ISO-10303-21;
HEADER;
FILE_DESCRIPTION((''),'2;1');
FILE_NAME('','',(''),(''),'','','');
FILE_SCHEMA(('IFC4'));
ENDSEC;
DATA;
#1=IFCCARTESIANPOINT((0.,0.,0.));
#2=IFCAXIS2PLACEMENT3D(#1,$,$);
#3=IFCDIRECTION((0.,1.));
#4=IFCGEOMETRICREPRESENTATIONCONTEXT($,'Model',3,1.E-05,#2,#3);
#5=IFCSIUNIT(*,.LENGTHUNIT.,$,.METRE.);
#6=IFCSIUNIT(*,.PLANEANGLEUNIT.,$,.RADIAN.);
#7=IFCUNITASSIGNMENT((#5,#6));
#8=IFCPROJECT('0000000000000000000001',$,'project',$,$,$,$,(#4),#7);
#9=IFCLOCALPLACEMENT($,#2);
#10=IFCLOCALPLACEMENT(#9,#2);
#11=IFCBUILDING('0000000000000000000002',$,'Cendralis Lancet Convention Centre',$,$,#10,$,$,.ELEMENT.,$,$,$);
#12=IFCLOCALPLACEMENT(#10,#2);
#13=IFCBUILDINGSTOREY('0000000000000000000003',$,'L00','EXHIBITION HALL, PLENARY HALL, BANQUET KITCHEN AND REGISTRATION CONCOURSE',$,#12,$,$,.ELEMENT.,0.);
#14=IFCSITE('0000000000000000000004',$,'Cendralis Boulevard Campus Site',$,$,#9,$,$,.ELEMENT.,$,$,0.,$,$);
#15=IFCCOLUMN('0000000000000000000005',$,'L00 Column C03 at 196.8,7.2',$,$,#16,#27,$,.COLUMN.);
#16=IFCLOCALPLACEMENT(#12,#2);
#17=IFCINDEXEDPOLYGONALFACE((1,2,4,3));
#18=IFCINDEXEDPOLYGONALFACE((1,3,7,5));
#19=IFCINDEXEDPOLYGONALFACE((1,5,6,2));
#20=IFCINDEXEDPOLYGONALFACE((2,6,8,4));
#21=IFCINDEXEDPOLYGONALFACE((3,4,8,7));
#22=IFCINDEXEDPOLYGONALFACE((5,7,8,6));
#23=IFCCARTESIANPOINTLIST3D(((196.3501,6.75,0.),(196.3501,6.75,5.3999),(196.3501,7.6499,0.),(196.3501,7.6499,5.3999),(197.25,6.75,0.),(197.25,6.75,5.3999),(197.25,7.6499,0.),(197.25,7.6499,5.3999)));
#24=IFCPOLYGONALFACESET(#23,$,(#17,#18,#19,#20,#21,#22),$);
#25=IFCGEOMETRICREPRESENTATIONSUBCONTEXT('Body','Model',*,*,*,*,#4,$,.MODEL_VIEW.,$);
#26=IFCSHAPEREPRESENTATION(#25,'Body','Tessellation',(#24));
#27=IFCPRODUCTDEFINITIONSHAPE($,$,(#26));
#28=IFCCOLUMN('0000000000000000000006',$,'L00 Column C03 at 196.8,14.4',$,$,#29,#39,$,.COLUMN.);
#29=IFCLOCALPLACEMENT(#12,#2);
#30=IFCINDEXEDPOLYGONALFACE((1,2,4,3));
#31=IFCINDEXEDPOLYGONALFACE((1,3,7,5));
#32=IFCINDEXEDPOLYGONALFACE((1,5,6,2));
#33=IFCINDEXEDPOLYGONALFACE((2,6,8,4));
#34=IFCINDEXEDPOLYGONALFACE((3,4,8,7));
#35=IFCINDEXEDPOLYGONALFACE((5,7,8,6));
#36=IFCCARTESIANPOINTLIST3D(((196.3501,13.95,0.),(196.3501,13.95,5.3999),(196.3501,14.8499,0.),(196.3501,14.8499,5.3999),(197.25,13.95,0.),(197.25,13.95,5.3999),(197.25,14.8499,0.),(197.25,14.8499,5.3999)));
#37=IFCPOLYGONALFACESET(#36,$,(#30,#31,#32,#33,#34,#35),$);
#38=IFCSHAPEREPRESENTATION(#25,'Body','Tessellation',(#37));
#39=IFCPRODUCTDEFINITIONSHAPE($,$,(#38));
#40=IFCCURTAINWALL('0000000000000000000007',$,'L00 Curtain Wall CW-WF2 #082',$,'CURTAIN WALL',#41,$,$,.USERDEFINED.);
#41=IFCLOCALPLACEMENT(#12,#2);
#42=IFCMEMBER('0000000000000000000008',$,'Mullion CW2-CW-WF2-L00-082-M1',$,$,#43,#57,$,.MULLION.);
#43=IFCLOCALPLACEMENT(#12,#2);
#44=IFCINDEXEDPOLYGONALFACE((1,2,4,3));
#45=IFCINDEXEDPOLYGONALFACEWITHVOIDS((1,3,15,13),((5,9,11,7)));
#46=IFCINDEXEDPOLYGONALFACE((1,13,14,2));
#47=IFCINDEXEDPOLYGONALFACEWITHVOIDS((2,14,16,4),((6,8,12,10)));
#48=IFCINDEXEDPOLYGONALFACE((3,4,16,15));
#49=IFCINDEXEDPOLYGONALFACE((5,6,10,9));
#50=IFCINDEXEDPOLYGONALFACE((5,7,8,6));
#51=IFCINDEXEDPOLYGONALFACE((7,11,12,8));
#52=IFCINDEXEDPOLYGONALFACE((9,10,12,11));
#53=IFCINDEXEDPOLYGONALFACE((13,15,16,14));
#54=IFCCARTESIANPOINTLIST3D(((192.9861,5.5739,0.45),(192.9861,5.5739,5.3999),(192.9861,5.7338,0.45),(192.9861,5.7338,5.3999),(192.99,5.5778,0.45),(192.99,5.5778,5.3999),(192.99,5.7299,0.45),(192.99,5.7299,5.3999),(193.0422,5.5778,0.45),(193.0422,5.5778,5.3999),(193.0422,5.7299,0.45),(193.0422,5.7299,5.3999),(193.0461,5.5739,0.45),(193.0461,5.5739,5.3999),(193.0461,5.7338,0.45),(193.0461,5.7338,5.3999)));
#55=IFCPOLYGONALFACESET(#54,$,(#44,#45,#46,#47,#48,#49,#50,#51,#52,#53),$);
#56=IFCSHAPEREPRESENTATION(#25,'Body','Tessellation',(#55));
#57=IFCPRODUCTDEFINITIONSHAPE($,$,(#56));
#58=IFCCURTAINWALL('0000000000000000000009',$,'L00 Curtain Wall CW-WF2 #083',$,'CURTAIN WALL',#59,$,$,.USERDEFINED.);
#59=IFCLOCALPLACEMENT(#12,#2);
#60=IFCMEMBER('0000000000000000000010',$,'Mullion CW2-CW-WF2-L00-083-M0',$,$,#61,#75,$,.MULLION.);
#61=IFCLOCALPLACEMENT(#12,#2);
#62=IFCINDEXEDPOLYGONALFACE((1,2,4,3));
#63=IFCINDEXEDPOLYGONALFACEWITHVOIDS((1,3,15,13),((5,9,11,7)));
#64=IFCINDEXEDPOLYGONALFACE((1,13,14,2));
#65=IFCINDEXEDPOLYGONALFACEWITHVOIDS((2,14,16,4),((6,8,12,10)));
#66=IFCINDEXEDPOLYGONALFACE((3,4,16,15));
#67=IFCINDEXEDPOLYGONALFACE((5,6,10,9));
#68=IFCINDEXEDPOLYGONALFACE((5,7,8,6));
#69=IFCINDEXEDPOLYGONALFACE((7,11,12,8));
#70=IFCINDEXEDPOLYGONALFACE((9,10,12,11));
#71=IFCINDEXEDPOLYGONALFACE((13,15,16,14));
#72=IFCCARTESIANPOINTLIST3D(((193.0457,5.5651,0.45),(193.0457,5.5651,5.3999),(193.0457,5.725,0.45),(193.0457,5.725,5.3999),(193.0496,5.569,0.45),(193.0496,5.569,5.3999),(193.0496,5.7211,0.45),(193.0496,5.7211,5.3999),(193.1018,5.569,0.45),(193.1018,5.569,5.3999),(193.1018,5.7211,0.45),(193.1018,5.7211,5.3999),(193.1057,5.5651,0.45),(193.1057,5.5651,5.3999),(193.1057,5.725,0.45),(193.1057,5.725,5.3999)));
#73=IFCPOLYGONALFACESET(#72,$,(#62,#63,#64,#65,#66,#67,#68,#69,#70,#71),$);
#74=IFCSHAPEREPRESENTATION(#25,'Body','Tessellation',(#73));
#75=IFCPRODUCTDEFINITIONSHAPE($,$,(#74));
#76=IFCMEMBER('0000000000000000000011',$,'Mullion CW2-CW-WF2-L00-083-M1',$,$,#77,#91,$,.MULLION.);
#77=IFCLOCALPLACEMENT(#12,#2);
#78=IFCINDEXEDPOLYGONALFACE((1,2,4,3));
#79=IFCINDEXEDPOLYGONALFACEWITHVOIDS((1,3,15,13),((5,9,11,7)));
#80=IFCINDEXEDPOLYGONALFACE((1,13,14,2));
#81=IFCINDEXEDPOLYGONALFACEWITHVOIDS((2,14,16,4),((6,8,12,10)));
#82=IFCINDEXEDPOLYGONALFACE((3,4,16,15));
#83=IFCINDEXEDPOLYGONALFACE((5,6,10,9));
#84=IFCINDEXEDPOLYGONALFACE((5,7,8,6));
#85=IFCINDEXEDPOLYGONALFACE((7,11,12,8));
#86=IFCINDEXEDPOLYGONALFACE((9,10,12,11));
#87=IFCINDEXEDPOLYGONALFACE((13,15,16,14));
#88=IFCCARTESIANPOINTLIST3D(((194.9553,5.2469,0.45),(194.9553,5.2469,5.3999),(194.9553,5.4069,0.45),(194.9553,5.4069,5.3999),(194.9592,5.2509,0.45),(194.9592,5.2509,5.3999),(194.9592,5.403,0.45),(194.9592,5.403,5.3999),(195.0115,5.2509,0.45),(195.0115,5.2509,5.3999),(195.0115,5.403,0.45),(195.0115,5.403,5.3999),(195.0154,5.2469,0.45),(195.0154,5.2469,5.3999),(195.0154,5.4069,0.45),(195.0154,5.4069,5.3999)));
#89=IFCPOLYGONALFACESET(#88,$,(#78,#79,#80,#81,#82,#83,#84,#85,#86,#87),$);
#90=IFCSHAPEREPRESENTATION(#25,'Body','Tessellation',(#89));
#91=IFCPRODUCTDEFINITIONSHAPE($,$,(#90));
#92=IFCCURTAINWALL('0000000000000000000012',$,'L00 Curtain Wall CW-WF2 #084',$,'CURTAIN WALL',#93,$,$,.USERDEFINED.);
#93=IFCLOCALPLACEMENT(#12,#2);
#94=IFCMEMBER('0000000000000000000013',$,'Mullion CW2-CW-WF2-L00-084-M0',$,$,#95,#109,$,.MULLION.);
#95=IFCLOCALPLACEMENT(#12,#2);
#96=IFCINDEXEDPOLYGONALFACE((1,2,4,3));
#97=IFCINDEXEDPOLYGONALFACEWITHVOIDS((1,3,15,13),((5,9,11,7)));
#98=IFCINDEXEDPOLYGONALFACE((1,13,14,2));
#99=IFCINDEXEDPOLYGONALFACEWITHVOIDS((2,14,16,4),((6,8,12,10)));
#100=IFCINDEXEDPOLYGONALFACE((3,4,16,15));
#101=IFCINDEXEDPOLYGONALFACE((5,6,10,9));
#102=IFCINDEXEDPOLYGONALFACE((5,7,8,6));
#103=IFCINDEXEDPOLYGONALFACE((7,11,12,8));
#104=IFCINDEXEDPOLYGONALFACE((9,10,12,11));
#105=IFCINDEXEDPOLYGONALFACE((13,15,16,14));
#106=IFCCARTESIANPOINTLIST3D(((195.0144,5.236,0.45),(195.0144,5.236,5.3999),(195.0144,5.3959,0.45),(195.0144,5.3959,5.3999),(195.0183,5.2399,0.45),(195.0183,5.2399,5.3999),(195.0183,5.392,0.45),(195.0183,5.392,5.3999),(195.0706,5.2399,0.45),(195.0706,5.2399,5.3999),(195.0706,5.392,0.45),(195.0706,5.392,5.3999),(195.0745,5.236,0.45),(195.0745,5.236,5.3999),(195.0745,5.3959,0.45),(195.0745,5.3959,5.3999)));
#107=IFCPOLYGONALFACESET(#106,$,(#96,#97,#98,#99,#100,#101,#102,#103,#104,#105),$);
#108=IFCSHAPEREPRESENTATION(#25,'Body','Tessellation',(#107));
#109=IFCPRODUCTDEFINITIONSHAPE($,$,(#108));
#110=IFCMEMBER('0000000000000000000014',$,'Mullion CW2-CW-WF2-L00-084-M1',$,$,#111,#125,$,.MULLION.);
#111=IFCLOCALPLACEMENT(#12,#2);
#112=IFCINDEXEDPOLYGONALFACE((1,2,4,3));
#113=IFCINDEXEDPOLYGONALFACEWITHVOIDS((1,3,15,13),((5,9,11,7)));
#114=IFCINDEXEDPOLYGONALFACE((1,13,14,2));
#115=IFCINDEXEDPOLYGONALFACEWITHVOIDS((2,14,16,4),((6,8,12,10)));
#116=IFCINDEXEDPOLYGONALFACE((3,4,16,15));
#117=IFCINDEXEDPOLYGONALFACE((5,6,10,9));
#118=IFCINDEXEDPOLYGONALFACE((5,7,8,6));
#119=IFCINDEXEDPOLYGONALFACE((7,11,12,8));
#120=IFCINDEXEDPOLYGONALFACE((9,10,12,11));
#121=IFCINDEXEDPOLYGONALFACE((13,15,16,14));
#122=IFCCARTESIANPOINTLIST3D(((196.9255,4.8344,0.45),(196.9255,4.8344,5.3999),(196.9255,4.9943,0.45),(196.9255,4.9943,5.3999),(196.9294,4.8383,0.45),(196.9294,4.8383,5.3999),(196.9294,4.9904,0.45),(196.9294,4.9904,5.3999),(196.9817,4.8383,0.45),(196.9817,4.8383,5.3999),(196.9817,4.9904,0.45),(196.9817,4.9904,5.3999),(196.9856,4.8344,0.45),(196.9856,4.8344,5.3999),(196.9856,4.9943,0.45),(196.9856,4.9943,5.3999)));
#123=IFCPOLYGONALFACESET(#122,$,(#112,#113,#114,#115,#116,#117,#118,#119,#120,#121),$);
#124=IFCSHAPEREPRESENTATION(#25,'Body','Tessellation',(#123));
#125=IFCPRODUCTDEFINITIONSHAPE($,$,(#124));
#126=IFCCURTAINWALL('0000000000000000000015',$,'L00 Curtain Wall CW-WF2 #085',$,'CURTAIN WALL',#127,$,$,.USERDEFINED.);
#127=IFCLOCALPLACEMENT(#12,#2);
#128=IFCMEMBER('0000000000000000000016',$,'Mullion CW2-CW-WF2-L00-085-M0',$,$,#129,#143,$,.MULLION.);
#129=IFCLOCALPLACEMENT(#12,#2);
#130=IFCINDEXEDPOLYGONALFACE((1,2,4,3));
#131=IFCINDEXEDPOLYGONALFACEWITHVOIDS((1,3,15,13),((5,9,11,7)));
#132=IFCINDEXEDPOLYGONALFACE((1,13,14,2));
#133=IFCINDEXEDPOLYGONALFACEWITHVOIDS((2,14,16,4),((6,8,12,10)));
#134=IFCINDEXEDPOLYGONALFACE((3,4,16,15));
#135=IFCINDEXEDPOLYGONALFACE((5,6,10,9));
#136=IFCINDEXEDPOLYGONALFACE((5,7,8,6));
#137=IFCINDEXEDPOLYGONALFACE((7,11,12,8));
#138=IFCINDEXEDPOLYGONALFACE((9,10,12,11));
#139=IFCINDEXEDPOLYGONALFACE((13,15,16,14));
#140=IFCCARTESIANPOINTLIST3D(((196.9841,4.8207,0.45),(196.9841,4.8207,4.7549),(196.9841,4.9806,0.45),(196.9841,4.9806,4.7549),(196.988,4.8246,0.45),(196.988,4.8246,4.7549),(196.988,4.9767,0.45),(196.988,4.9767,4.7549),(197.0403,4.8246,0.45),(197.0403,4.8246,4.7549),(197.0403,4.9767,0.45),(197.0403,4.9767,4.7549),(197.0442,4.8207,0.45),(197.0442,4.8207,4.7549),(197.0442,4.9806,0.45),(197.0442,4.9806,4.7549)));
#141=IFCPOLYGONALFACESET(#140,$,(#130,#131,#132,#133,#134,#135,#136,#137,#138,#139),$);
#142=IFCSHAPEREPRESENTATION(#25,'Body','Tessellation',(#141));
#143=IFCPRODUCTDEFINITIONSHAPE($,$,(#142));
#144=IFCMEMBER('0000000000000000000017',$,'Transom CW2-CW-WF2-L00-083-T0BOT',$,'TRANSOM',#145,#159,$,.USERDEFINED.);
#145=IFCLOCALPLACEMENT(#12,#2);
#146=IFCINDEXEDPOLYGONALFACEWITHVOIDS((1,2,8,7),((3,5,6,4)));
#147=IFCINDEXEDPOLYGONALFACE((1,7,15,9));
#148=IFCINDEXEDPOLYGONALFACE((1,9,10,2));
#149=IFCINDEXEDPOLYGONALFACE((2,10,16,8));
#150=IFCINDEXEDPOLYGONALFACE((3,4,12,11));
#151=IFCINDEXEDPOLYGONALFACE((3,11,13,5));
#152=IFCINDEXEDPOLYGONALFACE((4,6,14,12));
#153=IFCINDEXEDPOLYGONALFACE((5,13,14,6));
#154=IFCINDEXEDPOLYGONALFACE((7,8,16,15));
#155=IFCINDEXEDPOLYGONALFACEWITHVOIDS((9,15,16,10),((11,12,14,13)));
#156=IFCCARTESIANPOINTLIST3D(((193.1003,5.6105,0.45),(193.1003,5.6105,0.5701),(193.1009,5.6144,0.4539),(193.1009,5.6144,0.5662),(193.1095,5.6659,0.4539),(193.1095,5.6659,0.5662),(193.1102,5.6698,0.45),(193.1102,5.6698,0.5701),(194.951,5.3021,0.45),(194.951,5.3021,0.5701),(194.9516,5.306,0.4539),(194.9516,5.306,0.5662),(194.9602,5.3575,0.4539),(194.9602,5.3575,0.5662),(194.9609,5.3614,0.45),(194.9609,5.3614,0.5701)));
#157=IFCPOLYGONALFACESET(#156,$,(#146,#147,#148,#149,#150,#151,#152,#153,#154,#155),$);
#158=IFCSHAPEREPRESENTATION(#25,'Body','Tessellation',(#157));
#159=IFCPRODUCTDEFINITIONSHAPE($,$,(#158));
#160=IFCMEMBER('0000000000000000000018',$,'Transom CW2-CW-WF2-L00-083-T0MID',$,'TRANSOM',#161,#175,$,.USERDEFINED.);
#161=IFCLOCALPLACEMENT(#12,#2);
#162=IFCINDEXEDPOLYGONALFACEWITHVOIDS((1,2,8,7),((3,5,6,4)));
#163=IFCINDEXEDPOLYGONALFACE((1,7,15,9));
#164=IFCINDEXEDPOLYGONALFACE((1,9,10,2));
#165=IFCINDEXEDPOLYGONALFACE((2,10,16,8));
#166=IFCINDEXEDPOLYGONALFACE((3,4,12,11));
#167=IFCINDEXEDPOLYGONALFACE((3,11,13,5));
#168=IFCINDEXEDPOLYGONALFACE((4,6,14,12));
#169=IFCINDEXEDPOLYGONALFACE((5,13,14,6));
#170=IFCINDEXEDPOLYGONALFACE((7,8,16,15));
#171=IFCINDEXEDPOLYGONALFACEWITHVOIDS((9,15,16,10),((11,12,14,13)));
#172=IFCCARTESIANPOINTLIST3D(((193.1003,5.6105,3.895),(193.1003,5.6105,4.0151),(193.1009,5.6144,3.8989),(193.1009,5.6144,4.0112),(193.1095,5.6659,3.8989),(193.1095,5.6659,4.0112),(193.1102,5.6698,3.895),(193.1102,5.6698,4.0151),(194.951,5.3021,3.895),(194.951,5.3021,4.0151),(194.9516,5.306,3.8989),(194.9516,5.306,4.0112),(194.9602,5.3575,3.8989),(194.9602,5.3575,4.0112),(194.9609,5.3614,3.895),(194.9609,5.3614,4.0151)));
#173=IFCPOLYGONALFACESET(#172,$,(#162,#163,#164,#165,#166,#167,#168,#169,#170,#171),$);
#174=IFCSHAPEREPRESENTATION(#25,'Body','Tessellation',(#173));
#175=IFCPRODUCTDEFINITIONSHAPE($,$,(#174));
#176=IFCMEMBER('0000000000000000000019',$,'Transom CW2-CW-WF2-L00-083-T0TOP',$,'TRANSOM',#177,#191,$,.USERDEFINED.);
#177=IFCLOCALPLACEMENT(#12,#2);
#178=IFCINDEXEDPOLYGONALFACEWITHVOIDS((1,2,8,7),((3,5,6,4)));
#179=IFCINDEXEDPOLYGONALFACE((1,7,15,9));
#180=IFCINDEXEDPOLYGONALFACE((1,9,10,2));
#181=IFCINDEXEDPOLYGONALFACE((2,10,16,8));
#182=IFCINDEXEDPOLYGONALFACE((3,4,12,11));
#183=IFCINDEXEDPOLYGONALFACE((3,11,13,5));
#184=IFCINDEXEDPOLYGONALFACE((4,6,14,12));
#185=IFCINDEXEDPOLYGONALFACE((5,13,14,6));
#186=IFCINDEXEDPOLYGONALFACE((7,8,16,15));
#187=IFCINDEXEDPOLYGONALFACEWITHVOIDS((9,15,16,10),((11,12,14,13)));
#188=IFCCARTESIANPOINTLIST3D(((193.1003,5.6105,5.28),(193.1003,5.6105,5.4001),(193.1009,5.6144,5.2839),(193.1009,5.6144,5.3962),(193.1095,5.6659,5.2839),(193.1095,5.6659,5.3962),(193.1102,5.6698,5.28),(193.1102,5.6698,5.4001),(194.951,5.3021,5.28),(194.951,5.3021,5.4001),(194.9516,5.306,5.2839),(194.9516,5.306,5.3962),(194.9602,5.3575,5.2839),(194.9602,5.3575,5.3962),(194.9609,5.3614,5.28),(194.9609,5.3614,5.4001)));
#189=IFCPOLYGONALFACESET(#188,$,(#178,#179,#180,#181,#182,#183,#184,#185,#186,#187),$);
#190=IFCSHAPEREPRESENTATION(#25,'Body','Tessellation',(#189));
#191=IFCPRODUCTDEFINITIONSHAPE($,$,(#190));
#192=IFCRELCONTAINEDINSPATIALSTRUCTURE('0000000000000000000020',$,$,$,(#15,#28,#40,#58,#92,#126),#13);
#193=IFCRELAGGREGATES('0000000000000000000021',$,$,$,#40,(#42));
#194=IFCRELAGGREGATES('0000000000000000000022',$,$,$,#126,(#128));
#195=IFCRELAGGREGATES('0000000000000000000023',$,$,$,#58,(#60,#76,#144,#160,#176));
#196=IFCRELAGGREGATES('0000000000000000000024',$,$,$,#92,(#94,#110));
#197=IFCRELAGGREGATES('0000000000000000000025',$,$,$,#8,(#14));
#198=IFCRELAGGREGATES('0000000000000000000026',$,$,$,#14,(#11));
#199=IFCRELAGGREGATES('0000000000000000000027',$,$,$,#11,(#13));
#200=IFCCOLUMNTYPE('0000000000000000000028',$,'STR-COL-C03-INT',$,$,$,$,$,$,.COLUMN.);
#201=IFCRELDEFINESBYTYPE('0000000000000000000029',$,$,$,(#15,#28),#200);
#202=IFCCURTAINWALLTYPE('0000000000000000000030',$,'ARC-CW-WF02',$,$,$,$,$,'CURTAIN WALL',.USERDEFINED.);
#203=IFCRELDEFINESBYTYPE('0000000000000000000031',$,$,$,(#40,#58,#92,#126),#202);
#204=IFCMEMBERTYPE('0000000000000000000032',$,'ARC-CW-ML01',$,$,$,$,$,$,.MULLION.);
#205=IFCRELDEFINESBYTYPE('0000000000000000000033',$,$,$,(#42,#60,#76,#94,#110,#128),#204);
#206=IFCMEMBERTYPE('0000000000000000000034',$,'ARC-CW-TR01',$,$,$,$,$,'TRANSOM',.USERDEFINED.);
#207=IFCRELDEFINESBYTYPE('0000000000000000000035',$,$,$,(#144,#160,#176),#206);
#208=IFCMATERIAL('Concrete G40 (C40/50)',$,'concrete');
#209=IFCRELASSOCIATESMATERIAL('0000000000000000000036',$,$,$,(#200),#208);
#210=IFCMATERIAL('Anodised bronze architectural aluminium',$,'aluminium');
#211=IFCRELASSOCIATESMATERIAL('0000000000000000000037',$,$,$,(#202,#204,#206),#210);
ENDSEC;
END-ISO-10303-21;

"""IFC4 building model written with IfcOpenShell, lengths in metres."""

from ifc_helpers import new_model, si_unit, direction, frame, origin, origin_2d, place, context, subcontext, project, spatial, rectangle, hollow_rectangle, extrude, material, material_profile, profile_set, type_object, element, aggregate, save


model = new_model("IFC4")

# Units and contexts
model_context = context("Model", 3, precision=1e-05, world=origin(), true_north=direction((0.0, 1.0)))
body_context = subcontext(model_context, "Body", "Model", "MODEL_VIEW")
ifc_project = project(units=[si_unit("LENGTHUNIT", "METRE"), si_unit("PLANEANGLEUNIT", "RADIAN")], contexts=[model_context])

# Site, building, storey
site_placement = place(None, origin())
site = spatial("IfcSite", under=ifc_project, at=site_placement, Name="Cendralis Boulevard Campus Site", CompositionType="ELEMENT", RefElevation=0.0)
building_placement = place(site_placement, origin())
building = spatial("IfcBuilding", under=site, at=building_placement, Name="Cendralis Lancet Convention Centre", CompositionType="ELEMENT")
storey_placement = place(building_placement, origin())
storey = spatial("IfcBuildingStorey", under=building, at=storey_placement, Name="L00", Description="EXHIBITION HALL, PLENARY HALL, BANQUET KITCHEN AND REGISTRATION CONCOURSE", CompositionType="ELEMENT", Elevation=0.0)

# Columns
ifc_material_1 = material(Name="Concrete G40 (C40/50)", Category="concrete")
ifc_material_profile_1 = material_profile(ifc_material_1, rectangle(XDim=0.8999, YDim=0.8999, at=origin_2d()), Name="RC 900x900")
ifc_profile_set_1 = profile_set([ifc_material_profile_1], Name="Concrete G40 (C40/50)")
column_type = type_object("IfcColumnType", Name="STR-COL-C03-INT", PredefinedType="COLUMN", material=ifc_profile_set_1)
for number, where, z_axis, x_axis, name in (
    (1, (196.8, 7.2, 0.0), (0.0, 0.0, 1.0), (1.0, 0.0, 0.0), "L00 Column C03 at 196.8,7.2"),
    (2, (196.8, 14.3999, 0.0), (0.0, 0.0, 1.0), (1.0, 0.0, 0.0), "L00 Column C03 at 196.8,14.4"),
):
    element("IfcColumn", number, at=place(storey_placement, frame(where, z_axis=z_axis, x_axis=x_axis)), inside=storey, type_object=column_type, Name=name, PredefinedType="COLUMN", context=body_context, shape_type="SweptSolid", body=[
        extrude(rectangle(XDim=0.8999, YDim=0.8999, at=origin_2d()), origin(), (0.0, 0.0, 1.0), 5.3999),
    ])

# Curtain wall, member
ifc_material_2 = material(Name="Anodised bronze architectural aluminium", Category="aluminium")
curtain_wall_type = type_object("IfcCurtainWallType", Name="ARC-CW-WF02", ElementType="CURTAIN WALL", PredefinedType="USERDEFINED", material=ifc_material_2)
curtain_wall_1_placement = place(storey_placement, origin())
curtain_wall_1 = element("IfcCurtainWall", 3, at=curtain_wall_1_placement, inside=storey, type_object=curtain_wall_type, Name="L00 Curtain Wall CW-WF2 #082", ObjectType="CURTAIN WALL", PredefinedType="USERDEFINED")
ifc_material_profile_2 = material_profile(ifc_material_2, hollow_rectangle(XDim=0.0601, YDim=0.1599, WallThickness=0.0039, at=origin_2d()), Name="AL-MULL 60x160x4.0")
ifc_profile_set_2 = profile_set([ifc_material_profile_2], Name="Anodised bronze architectural aluminium")
member_type_1 = type_object("IfcMemberType", Name="ARC-CW-ML01", PredefinedType="MULLION", material=ifc_profile_set_2)
member_1_placement = place(storey_placement, frame((193.0161, 5.6538, 0.45), z_axis=(0.0, 0.0, 1.0), x_axis=(1.0, 0.0, 0.0)))
member_1 = element("IfcMember", 4, at=member_1_placement, type_object=member_type_1, Name="Mullion CW2-CW-WF2-L00-082-M1", PredefinedType="MULLION", context=body_context, shape_type="SweptSolid", body=[
    extrude(hollow_rectangle(XDim=0.0601, YDim=0.1599, WallThickness=0.0039, at=origin_2d()), origin(), (0.0, 0.0, 1.0), 4.95),
])
aggregate(curtain_wall_1, [member_1])

# Curtain walls, members
curtain_wall_2_placement = place(storey_placement, origin())
curtain_wall_2 = element("IfcCurtainWall", 5, at=curtain_wall_2_placement, inside=storey, type_object=curtain_wall_type, Name="L00 Curtain Wall CW-WF2 #083", ObjectType="CURTAIN WALL", PredefinedType="USERDEFINED")
member_2_placement = place(storey_placement, frame((193.0757, 5.645, 0.45), z_axis=(0.0, 0.0, 1.0), x_axis=(1.0, 0.0, 0.0)))
member_2 = element("IfcMember", 6, at=member_2_placement, type_object=member_type_1, Name="Mullion CW2-CW-WF2-L00-083-M0", PredefinedType="MULLION", context=body_context, shape_type="SweptSolid", body=[
    extrude(hollow_rectangle(XDim=0.0601, YDim=0.1599, WallThickness=0.0039, at=origin_2d()), origin(), (0.0, 0.0, 1.0), 4.95),
])
member_3_placement = place(storey_placement, frame((194.9854, 5.3269, 0.45), z_axis=(0.0, 0.0, 1.0), x_axis=(1.0, 0.0, 0.0)))
member_3 = element("IfcMember", 7, at=member_3_placement, type_object=member_type_1, Name="Mullion CW2-CW-WF2-L00-083-M1", PredefinedType="MULLION", context=body_context, shape_type="SweptSolid", body=[
    extrude(hollow_rectangle(XDim=0.0601, YDim=0.1599, WallThickness=0.0039, at=origin_2d()), origin(), (0.0, 0.0, 1.0), 4.95),
])
curtain_wall_3_placement = place(storey_placement, origin())
curtain_wall_3 = element("IfcCurtainWall", 8, at=curtain_wall_3_placement, inside=storey, type_object=curtain_wall_type, Name="L00 Curtain Wall CW-WF2 #084", ObjectType="CURTAIN WALL", PredefinedType="USERDEFINED")
member_4_placement = place(storey_placement, frame((195.0444, 5.3159, 0.45), z_axis=(0.0, 0.0, 1.0), x_axis=(1.0, 0.0, 0.0)))
member_4 = element("IfcMember", 9, at=member_4_placement, type_object=member_type_1, Name="Mullion CW2-CW-WF2-L00-084-M0", PredefinedType="MULLION", context=body_context, shape_type="SweptSolid", body=[
    extrude(hollow_rectangle(XDim=0.0601, YDim=0.1599, WallThickness=0.0039, at=origin_2d()), origin(), (0.0, 0.0, 1.0), 4.95),
])
member_5_placement = place(storey_placement, frame((196.9556, 4.9143, 0.45), z_axis=(0.0, 0.0, 1.0), x_axis=(1.0, 0.0, 0.0)))
member_5 = element("IfcMember", 10, at=member_5_placement, type_object=member_type_1, Name="Mullion CW2-CW-WF2-L00-084-M1", PredefinedType="MULLION", context=body_context, shape_type="SweptSolid", body=[
    extrude(hollow_rectangle(XDim=0.0601, YDim=0.1599, WallThickness=0.0039, at=origin_2d()), origin(), (0.0, 0.0, 1.0), 4.95),
])

# Curtain wall, member
curtain_wall_4_placement = place(storey_placement, origin())
curtain_wall_4 = element("IfcCurtainWall", 11, at=curtain_wall_4_placement, inside=storey, type_object=curtain_wall_type, Name="L00 Curtain Wall CW-WF2 #085", ObjectType="CURTAIN WALL", PredefinedType="USERDEFINED")
member_6_placement = place(storey_placement, frame((197.0142, 4.9006, 0.45), z_axis=(0.0, 0.0, 1.0), x_axis=(1.0, 0.0, 0.0)))
member_6 = element("IfcMember", 12, at=member_6_placement, type_object=member_type_1, Name="Mullion CW2-CW-WF2-L00-085-M0", PredefinedType="MULLION", context=body_context, shape_type="SweptSolid", body=[
    extrude(hollow_rectangle(XDim=0.0601, YDim=0.1599, WallThickness=0.0039, at=origin_2d()), origin(), (0.0, 0.0, 1.0), 4.3049),
])

# Members
ifc_material_profile_3 = material_profile(ifc_material_2, hollow_rectangle(XDim=0.0601, YDim=0.1201, WallThickness=0.0039, at=origin_2d()), Name="AL-TRAN 60x120x4.0")
ifc_profile_set_3 = profile_set([ifc_material_profile_3], Name="Anodised bronze architectural aluminium")
member_type_2 = type_object("IfcMemberType", Name="ARC-CW-TR01", ElementType="TRANSOM", PredefinedType="USERDEFINED", material=ifc_profile_set_3)
member_7_placement = place(storey_placement, frame((193.1052, 5.6401, 0.51), z_axis=(0.986401, -0.164357, 0.0), x_axis=(0.164357, 0.986401, 0.0)))
member_7 = element("IfcMember", 13, at=member_7_placement, type_object=member_type_2, Name="Transom CW2-CW-WF2-L00-083-T0BOT", ObjectType="TRANSOM", PredefinedType="USERDEFINED", context=body_context, shape_type="SweptSolid", body=[
    extrude(hollow_rectangle(XDim=0.0601, YDim=0.1201, WallThickness=0.0039, at=origin_2d()), origin(), (0.0, 0.0, 1.0), 1.8762),
])
member_8_placement = place(storey_placement, frame((193.1052, 5.6401, 3.9551), z_axis=(0.986401, -0.164357, 0.0), x_axis=(0.164357, 0.986401, 0.0)))
member_8 = element("IfcMember", 14, at=member_8_placement, type_object=member_type_2, Name="Transom CW2-CW-WF2-L00-083-T0MID", ObjectType="TRANSOM", PredefinedType="USERDEFINED", context=body_context, shape_type="SweptSolid", body=[
    extrude(hollow_rectangle(XDim=0.0601, YDim=0.1201, WallThickness=0.0039, at=origin_2d()), origin(), (0.0, 0.0, 1.0), 1.8762),
])
member_9_placement = place(storey_placement, frame((193.1052, 5.6401, 5.3401), z_axis=(0.986401, -0.164357, 0.0), x_axis=(0.164357, 0.986401, 0.0)))
member_9 = element("IfcMember", 15, at=member_9_placement, type_object=member_type_2, Name="Transom CW2-CW-WF2-L00-083-T0TOP", ObjectType="TRANSOM", PredefinedType="USERDEFINED", context=body_context, shape_type="SweptSolid", body=[
    extrude(hollow_rectangle(XDim=0.0601, YDim=0.1201, WallThickness=0.0039, at=origin_2d()), origin(), (0.0, 0.0, 1.0), 1.8762),
])
aggregate(curtain_wall_4, [member_6])

aggregate(curtain_wall_2, [member_2, member_3, member_7, member_8, member_9])
aggregate(curtain_wall_3, [member_4, member_5])

save(model, "model.ifc")
